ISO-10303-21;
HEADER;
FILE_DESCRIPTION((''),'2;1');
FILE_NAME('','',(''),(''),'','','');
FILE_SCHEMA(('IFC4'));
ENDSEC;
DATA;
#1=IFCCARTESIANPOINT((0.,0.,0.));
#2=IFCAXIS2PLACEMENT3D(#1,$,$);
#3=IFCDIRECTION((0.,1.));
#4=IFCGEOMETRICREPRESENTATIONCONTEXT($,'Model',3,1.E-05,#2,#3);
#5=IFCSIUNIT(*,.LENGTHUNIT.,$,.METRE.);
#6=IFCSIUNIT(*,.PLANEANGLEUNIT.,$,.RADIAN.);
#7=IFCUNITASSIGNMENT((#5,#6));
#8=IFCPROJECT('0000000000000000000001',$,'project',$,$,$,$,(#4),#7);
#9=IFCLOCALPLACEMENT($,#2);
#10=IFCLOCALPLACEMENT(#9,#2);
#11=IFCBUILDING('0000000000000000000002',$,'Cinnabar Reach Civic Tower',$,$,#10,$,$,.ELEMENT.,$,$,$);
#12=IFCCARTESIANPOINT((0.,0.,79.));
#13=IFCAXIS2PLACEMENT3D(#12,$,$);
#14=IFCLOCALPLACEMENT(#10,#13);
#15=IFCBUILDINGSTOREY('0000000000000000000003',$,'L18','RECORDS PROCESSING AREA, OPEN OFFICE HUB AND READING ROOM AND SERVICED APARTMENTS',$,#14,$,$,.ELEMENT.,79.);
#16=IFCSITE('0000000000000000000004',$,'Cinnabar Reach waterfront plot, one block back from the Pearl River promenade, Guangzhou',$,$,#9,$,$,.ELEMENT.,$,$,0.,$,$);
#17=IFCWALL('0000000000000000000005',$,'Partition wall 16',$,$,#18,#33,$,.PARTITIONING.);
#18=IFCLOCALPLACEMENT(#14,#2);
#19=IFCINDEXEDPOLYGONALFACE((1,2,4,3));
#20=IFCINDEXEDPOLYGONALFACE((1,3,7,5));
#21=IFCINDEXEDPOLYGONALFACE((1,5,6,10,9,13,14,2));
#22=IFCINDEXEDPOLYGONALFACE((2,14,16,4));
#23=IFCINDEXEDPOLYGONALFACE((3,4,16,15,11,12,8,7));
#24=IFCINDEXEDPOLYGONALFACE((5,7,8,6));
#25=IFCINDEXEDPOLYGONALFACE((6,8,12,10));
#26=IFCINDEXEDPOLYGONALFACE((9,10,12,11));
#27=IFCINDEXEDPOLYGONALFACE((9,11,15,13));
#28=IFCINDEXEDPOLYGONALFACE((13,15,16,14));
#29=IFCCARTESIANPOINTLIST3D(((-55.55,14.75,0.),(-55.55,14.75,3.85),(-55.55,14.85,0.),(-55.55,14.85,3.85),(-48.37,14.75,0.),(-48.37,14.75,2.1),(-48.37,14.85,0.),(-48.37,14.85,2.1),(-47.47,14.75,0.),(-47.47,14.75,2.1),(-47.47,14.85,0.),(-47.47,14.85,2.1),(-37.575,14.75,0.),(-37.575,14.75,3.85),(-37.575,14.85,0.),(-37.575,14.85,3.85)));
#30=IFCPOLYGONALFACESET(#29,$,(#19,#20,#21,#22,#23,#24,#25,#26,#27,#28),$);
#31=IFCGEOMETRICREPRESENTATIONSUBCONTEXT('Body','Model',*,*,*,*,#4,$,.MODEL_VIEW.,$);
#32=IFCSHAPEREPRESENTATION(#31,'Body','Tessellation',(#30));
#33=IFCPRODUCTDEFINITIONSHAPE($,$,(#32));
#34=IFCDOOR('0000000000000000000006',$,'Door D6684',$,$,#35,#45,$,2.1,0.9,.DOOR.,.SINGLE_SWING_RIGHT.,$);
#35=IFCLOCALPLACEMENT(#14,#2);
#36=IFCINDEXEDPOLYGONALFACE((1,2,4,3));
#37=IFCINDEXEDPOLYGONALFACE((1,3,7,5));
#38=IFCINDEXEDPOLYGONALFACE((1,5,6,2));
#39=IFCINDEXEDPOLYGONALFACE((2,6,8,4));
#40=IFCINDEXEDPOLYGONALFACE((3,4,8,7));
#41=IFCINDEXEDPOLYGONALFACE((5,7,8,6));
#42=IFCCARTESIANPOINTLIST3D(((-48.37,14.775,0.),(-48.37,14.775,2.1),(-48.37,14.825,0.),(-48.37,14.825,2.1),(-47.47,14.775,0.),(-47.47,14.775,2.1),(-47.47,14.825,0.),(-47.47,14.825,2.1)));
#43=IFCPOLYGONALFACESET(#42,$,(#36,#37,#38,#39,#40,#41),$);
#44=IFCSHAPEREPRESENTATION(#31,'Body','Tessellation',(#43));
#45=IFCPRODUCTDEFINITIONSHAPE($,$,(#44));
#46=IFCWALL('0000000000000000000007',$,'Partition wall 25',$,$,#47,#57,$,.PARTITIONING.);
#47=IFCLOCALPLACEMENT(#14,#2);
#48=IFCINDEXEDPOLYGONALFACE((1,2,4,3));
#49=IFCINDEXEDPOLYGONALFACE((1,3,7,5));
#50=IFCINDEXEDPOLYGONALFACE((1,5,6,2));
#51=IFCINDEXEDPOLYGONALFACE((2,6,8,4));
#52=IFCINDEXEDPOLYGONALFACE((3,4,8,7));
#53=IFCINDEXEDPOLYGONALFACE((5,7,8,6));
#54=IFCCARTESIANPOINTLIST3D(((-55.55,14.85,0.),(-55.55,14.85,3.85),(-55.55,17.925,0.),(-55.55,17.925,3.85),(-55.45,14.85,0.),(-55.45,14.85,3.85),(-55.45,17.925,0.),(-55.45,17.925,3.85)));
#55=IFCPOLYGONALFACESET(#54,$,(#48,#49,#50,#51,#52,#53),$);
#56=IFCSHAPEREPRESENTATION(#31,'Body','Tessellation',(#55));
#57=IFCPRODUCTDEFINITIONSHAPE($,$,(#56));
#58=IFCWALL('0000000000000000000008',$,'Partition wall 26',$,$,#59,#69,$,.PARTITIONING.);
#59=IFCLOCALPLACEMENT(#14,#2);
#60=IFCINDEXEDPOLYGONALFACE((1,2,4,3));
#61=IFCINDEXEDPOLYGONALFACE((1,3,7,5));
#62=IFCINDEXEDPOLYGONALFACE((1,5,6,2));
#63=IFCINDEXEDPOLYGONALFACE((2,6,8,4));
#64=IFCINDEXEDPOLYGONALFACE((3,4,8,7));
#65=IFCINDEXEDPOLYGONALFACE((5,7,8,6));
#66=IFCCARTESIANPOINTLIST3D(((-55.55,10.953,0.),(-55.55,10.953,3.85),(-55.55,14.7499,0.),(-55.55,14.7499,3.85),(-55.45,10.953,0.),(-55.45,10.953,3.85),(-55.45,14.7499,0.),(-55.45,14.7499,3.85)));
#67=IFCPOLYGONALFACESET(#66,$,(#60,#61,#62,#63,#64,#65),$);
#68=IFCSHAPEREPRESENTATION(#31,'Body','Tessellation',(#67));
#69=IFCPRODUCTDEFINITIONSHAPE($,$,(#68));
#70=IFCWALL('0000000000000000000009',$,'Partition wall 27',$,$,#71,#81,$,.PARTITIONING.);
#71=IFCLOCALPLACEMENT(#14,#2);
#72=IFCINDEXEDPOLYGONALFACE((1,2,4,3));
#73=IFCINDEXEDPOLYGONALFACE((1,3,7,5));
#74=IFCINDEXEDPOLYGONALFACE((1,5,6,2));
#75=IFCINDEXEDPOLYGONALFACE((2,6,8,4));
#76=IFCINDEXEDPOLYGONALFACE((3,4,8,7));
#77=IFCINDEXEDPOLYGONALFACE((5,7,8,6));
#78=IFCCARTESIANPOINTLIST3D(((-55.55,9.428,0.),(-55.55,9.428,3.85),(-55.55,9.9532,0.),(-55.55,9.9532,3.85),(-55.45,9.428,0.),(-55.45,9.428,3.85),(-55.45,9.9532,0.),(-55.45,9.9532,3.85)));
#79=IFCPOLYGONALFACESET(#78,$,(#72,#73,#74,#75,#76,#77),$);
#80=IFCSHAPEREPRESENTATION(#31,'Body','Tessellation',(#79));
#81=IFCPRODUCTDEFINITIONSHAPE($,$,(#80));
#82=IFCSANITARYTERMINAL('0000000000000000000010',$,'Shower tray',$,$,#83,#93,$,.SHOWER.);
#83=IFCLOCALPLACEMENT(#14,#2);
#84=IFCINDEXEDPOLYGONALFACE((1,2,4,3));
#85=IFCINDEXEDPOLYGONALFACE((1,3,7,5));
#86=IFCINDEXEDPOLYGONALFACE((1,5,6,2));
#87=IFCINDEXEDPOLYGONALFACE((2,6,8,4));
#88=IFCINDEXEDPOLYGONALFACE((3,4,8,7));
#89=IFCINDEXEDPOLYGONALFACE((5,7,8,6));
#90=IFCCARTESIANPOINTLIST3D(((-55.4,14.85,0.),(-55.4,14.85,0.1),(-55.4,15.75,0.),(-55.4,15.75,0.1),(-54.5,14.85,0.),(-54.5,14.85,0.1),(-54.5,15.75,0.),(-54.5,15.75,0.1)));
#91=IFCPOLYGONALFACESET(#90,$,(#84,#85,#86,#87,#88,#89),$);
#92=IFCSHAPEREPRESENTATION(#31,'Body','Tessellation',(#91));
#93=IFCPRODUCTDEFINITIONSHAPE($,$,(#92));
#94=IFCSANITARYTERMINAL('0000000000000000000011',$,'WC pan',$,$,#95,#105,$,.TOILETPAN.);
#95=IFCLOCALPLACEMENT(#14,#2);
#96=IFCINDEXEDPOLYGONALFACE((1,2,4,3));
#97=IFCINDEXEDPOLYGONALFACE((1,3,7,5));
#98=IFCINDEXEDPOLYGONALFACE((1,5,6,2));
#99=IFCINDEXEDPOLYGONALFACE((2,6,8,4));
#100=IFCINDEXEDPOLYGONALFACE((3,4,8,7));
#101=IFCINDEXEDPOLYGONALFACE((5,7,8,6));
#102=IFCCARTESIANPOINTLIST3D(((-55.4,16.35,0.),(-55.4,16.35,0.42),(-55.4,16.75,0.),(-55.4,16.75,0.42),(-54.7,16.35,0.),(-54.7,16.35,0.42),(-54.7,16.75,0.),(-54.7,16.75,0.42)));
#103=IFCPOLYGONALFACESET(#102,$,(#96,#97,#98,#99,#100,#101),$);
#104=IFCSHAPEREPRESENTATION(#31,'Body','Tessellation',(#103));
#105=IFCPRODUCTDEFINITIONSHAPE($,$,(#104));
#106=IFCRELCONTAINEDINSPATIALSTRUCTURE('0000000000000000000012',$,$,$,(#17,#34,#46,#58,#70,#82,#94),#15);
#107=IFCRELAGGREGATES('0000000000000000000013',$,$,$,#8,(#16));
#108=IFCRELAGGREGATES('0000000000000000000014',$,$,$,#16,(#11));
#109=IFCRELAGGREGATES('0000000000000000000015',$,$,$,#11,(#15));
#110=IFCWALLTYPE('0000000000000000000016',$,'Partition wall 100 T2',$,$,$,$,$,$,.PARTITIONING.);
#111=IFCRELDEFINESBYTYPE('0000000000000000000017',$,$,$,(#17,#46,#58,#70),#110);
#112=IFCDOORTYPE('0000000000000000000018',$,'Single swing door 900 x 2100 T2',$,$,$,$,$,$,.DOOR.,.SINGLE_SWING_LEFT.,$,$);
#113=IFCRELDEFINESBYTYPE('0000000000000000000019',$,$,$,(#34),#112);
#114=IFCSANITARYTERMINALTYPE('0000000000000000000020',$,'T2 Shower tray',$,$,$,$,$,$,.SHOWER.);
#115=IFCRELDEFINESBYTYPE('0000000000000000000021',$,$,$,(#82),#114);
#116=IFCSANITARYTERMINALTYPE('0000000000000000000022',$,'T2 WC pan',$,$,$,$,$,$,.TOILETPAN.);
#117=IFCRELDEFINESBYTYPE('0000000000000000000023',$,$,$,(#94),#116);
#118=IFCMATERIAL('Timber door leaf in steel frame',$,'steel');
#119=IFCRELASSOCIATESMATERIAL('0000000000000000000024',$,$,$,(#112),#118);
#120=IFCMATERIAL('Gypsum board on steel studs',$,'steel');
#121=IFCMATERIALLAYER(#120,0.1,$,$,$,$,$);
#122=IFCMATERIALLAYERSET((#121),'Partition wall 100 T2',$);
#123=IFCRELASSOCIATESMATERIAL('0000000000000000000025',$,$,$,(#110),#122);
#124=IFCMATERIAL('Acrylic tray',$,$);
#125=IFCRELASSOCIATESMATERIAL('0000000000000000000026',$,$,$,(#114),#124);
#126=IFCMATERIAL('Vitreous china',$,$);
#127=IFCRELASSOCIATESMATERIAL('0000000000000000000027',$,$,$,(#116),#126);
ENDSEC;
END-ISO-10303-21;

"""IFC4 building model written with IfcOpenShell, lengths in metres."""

from ifc_helpers import new_model, si_unit, direction, frame, frame_2d, origin, origin_2d, place, context, subcontext, project, spatial, rectangle, extrude, material, layer, layer_set, type_object, element, fill, save


model = new_model("IFC4")

# Units and contexts
model_context = context("Model", 3, precision=1e-05, world=origin(), true_north=direction((0.0, 1.0)))
body_context = subcontext(model_context, "Body", "Model", "MODEL_VIEW")
ifc_project = project(units=[si_unit("LENGTHUNIT", "METRE"), si_unit("PLANEANGLEUNIT", "RADIAN")], contexts=[model_context])

# Site, building, storey
site_placement = place(None, origin())
site = spatial("IfcSite", under=ifc_project, at=site_placement, Name="Cinnabar Reach waterfront plot, one block back from the Pearl River promenade, Guangzhou", CompositionType="ELEMENT", RefElevation=0.0)
building_placement = place(site_placement, origin())
building = spatial("IfcBuilding", under=site, at=building_placement, Name="Cinnabar Reach Civic Tower", CompositionType="ELEMENT")
storey_placement = place(building_placement, frame((0.0, 0.0, 79.0)))
storey = spatial("IfcBuildingStorey", under=building, at=storey_placement, Name="L18", Description="RECORDS PROCESSING AREA, OPEN OFFICE HUB AND READING ROOM AND SERVICED APARTMENTS", CompositionType="ELEMENT", Elevation=79.0)

# Wall, opening, door
ifc_material_1 = material(Name="Timber door leaf in steel frame", Category="steel")
door_type = type_object("IfcDoorType", Name="Single swing door 900 x 2100 T2", OperationType="SINGLE_SWING_LEFT", PredefinedType="DOOR", material=ifc_material_1)
ifc_material_2 = material(Name="Gypsum board on steel studs", Category="steel")
ifc_layer_1 = layer(ifc_material_2, 0.1)
ifc_layer_set_1 = layer_set([ifc_layer_1], Name="Partition wall 100 T2")
wall_type_1 = type_object("IfcWallType", Name="Partition wall 100 T2", PredefinedType="PARTITIONING", material=ifc_layer_set_1)
wall_1_placement = place(storey_placement, frame((-55.55, 14.8, 0.0), z_axis=(0.0, 0.0, 1.0), x_axis=(1.0, 0.0, 0.0)))
wall_1 = element("IfcWall", 1, at=wall_1_placement, inside=storey, type_object=wall_type_1, Name="Partition wall 16", PredefinedType="PARTITIONING", context=body_context, shape_type="SweptSolid", body=[
    extrude(rectangle(XDim=17.975, YDim=0.1, at=frame_2d((8.9875, 0.0))), origin(), (0.0, 0.0, 1.0), 3.85),
])
opening_1_placement = place(wall_1_placement, frame((7.18, 0.0, 0.0)))
opening_1 = element("IfcOpeningElement", 2, at=opening_1_placement, cuts=wall_1, PredefinedType="OPENING", context=body_context, shape_type="SweptSolid", body=[
    extrude(rectangle(XDim=0.9, YDim=2.1, at=frame_2d((0.45, 1.05))), frame((0.0, 0.06, 0.0), z_axis=(0.0, -1.0, 0.0), x_axis=(1.0, 0.0, 0.0)), (0.0, 0.0, 1.0), 0.12),
])
door_1_placement = place(opening_1_placement, origin())
door_1 = element("IfcDoor", 3, at=door_1_placement, inside=storey, type_object=door_type, Name="Door D6684", OperationType="SINGLE_SWING_RIGHT", OverallHeight=2.1, OverallWidth=0.9, PredefinedType="DOOR", context=body_context, shape_type="SweptSolid", body=[
    extrude(rectangle(XDim=0.9, YDim=2.1, at=frame_2d((0.45, 1.05))), frame((0.0, 0.025, 0.0), z_axis=(0.0, -1.0, 0.0), x_axis=(1.0, 0.0, 0.0)), (0.0, 0.0, 1.0), 0.05),
])
fill(opening_1, door_1)

# Walls
wall_2_placement = place(storey_placement, frame((-55.5, 14.85, 0.0), z_axis=(0.0, 0.0, 1.0), x_axis=(0.0, 1.0, 0.0)))
element("IfcWall", 4, at=wall_2_placement, inside=storey, type_object=wall_type_1, Name="Partition wall 25", PredefinedType="PARTITIONING", context=body_context, shape_type="SweptSolid", body=[
    extrude(rectangle(XDim=3.075, YDim=0.1, at=frame_2d((1.5375, 0.0))), origin(), (0.0, 0.0, 1.0), 3.85),
])
wall_3_placement = place(storey_placement, frame((-55.5, 10.9531, 0.0), z_axis=(0.0, 0.0, 1.0), x_axis=(0.0, 1.0, 0.0)))
element("IfcWall", 5, at=wall_3_placement, inside=storey, type_object=wall_type_1, Name="Partition wall 26", PredefinedType="PARTITIONING", context=body_context, shape_type="SweptSolid", body=[
    extrude(rectangle(XDim=3.7969, YDim=0.1, at=frame_2d((1.8984, 0.0))), origin(), (0.0, 0.0, 1.0), 3.85),
])
wall_4_placement = place(storey_placement, frame((-55.5, 9.428, 0.0), z_axis=(0.0, 0.0, 1.0), x_axis=(0.0, 1.0, 0.0)))
element("IfcWall", 6, at=wall_4_placement, inside=storey, type_object=wall_type_1, Name="Partition wall 27", PredefinedType="PARTITIONING", context=body_context, shape_type="SweptSolid", body=[
    extrude(rectangle(XDim=0.5251, YDim=0.1, at=frame_2d((0.2626, 0.0))), origin(), (0.0, 0.0, 1.0), 3.85),
])

# Sanitary terminals
ifc_material_3 = material(Name="Acrylic tray")
sanitary_terminal_type_1 = type_object("IfcSanitaryTerminalType", Name="T2 Shower tray", PredefinedType="SHOWER", material=ifc_material_3)
sanitary_terminal_1_placement = place(storey_placement, frame((-54.95, 15.3, 0.0), z_axis=(0.0, 0.0, 1.0), x_axis=(1.0, 0.0, 0.0)))
element("IfcSanitaryTerminal", 7, at=sanitary_terminal_1_placement, inside=storey, type_object=sanitary_terminal_type_1, Name="Shower tray", PredefinedType="SHOWER", context=body_context, shape_type="SweptSolid", body=[
    extrude(rectangle(XDim=0.9, YDim=0.9, at=origin_2d()), origin(), (0.0, 0.0, 1.0), 0.1),
])
ifc_material_4 = material(Name="Vitreous china")
sanitary_terminal_type_2 = type_object("IfcSanitaryTerminalType", Name="T2 WC pan", PredefinedType="TOILETPAN", material=ifc_material_4)
sanitary_terminal_2_placement = place(storey_placement, frame((-55.05, 16.55, 0.0), z_axis=(0.0, 0.0, 1.0), x_axis=(1.0, 0.0, 0.0)))
element("IfcSanitaryTerminal", 8, at=sanitary_terminal_2_placement, inside=storey, type_object=sanitary_terminal_type_2, Name="WC pan", PredefinedType="TOILETPAN", context=body_context, shape_type="SweptSolid", body=[
    extrude(rectangle(XDim=0.7, YDim=0.4, at=origin_2d()), origin(), (0.0, 0.0, 1.0), 0.42),
])

save(model, "model.ifc")
